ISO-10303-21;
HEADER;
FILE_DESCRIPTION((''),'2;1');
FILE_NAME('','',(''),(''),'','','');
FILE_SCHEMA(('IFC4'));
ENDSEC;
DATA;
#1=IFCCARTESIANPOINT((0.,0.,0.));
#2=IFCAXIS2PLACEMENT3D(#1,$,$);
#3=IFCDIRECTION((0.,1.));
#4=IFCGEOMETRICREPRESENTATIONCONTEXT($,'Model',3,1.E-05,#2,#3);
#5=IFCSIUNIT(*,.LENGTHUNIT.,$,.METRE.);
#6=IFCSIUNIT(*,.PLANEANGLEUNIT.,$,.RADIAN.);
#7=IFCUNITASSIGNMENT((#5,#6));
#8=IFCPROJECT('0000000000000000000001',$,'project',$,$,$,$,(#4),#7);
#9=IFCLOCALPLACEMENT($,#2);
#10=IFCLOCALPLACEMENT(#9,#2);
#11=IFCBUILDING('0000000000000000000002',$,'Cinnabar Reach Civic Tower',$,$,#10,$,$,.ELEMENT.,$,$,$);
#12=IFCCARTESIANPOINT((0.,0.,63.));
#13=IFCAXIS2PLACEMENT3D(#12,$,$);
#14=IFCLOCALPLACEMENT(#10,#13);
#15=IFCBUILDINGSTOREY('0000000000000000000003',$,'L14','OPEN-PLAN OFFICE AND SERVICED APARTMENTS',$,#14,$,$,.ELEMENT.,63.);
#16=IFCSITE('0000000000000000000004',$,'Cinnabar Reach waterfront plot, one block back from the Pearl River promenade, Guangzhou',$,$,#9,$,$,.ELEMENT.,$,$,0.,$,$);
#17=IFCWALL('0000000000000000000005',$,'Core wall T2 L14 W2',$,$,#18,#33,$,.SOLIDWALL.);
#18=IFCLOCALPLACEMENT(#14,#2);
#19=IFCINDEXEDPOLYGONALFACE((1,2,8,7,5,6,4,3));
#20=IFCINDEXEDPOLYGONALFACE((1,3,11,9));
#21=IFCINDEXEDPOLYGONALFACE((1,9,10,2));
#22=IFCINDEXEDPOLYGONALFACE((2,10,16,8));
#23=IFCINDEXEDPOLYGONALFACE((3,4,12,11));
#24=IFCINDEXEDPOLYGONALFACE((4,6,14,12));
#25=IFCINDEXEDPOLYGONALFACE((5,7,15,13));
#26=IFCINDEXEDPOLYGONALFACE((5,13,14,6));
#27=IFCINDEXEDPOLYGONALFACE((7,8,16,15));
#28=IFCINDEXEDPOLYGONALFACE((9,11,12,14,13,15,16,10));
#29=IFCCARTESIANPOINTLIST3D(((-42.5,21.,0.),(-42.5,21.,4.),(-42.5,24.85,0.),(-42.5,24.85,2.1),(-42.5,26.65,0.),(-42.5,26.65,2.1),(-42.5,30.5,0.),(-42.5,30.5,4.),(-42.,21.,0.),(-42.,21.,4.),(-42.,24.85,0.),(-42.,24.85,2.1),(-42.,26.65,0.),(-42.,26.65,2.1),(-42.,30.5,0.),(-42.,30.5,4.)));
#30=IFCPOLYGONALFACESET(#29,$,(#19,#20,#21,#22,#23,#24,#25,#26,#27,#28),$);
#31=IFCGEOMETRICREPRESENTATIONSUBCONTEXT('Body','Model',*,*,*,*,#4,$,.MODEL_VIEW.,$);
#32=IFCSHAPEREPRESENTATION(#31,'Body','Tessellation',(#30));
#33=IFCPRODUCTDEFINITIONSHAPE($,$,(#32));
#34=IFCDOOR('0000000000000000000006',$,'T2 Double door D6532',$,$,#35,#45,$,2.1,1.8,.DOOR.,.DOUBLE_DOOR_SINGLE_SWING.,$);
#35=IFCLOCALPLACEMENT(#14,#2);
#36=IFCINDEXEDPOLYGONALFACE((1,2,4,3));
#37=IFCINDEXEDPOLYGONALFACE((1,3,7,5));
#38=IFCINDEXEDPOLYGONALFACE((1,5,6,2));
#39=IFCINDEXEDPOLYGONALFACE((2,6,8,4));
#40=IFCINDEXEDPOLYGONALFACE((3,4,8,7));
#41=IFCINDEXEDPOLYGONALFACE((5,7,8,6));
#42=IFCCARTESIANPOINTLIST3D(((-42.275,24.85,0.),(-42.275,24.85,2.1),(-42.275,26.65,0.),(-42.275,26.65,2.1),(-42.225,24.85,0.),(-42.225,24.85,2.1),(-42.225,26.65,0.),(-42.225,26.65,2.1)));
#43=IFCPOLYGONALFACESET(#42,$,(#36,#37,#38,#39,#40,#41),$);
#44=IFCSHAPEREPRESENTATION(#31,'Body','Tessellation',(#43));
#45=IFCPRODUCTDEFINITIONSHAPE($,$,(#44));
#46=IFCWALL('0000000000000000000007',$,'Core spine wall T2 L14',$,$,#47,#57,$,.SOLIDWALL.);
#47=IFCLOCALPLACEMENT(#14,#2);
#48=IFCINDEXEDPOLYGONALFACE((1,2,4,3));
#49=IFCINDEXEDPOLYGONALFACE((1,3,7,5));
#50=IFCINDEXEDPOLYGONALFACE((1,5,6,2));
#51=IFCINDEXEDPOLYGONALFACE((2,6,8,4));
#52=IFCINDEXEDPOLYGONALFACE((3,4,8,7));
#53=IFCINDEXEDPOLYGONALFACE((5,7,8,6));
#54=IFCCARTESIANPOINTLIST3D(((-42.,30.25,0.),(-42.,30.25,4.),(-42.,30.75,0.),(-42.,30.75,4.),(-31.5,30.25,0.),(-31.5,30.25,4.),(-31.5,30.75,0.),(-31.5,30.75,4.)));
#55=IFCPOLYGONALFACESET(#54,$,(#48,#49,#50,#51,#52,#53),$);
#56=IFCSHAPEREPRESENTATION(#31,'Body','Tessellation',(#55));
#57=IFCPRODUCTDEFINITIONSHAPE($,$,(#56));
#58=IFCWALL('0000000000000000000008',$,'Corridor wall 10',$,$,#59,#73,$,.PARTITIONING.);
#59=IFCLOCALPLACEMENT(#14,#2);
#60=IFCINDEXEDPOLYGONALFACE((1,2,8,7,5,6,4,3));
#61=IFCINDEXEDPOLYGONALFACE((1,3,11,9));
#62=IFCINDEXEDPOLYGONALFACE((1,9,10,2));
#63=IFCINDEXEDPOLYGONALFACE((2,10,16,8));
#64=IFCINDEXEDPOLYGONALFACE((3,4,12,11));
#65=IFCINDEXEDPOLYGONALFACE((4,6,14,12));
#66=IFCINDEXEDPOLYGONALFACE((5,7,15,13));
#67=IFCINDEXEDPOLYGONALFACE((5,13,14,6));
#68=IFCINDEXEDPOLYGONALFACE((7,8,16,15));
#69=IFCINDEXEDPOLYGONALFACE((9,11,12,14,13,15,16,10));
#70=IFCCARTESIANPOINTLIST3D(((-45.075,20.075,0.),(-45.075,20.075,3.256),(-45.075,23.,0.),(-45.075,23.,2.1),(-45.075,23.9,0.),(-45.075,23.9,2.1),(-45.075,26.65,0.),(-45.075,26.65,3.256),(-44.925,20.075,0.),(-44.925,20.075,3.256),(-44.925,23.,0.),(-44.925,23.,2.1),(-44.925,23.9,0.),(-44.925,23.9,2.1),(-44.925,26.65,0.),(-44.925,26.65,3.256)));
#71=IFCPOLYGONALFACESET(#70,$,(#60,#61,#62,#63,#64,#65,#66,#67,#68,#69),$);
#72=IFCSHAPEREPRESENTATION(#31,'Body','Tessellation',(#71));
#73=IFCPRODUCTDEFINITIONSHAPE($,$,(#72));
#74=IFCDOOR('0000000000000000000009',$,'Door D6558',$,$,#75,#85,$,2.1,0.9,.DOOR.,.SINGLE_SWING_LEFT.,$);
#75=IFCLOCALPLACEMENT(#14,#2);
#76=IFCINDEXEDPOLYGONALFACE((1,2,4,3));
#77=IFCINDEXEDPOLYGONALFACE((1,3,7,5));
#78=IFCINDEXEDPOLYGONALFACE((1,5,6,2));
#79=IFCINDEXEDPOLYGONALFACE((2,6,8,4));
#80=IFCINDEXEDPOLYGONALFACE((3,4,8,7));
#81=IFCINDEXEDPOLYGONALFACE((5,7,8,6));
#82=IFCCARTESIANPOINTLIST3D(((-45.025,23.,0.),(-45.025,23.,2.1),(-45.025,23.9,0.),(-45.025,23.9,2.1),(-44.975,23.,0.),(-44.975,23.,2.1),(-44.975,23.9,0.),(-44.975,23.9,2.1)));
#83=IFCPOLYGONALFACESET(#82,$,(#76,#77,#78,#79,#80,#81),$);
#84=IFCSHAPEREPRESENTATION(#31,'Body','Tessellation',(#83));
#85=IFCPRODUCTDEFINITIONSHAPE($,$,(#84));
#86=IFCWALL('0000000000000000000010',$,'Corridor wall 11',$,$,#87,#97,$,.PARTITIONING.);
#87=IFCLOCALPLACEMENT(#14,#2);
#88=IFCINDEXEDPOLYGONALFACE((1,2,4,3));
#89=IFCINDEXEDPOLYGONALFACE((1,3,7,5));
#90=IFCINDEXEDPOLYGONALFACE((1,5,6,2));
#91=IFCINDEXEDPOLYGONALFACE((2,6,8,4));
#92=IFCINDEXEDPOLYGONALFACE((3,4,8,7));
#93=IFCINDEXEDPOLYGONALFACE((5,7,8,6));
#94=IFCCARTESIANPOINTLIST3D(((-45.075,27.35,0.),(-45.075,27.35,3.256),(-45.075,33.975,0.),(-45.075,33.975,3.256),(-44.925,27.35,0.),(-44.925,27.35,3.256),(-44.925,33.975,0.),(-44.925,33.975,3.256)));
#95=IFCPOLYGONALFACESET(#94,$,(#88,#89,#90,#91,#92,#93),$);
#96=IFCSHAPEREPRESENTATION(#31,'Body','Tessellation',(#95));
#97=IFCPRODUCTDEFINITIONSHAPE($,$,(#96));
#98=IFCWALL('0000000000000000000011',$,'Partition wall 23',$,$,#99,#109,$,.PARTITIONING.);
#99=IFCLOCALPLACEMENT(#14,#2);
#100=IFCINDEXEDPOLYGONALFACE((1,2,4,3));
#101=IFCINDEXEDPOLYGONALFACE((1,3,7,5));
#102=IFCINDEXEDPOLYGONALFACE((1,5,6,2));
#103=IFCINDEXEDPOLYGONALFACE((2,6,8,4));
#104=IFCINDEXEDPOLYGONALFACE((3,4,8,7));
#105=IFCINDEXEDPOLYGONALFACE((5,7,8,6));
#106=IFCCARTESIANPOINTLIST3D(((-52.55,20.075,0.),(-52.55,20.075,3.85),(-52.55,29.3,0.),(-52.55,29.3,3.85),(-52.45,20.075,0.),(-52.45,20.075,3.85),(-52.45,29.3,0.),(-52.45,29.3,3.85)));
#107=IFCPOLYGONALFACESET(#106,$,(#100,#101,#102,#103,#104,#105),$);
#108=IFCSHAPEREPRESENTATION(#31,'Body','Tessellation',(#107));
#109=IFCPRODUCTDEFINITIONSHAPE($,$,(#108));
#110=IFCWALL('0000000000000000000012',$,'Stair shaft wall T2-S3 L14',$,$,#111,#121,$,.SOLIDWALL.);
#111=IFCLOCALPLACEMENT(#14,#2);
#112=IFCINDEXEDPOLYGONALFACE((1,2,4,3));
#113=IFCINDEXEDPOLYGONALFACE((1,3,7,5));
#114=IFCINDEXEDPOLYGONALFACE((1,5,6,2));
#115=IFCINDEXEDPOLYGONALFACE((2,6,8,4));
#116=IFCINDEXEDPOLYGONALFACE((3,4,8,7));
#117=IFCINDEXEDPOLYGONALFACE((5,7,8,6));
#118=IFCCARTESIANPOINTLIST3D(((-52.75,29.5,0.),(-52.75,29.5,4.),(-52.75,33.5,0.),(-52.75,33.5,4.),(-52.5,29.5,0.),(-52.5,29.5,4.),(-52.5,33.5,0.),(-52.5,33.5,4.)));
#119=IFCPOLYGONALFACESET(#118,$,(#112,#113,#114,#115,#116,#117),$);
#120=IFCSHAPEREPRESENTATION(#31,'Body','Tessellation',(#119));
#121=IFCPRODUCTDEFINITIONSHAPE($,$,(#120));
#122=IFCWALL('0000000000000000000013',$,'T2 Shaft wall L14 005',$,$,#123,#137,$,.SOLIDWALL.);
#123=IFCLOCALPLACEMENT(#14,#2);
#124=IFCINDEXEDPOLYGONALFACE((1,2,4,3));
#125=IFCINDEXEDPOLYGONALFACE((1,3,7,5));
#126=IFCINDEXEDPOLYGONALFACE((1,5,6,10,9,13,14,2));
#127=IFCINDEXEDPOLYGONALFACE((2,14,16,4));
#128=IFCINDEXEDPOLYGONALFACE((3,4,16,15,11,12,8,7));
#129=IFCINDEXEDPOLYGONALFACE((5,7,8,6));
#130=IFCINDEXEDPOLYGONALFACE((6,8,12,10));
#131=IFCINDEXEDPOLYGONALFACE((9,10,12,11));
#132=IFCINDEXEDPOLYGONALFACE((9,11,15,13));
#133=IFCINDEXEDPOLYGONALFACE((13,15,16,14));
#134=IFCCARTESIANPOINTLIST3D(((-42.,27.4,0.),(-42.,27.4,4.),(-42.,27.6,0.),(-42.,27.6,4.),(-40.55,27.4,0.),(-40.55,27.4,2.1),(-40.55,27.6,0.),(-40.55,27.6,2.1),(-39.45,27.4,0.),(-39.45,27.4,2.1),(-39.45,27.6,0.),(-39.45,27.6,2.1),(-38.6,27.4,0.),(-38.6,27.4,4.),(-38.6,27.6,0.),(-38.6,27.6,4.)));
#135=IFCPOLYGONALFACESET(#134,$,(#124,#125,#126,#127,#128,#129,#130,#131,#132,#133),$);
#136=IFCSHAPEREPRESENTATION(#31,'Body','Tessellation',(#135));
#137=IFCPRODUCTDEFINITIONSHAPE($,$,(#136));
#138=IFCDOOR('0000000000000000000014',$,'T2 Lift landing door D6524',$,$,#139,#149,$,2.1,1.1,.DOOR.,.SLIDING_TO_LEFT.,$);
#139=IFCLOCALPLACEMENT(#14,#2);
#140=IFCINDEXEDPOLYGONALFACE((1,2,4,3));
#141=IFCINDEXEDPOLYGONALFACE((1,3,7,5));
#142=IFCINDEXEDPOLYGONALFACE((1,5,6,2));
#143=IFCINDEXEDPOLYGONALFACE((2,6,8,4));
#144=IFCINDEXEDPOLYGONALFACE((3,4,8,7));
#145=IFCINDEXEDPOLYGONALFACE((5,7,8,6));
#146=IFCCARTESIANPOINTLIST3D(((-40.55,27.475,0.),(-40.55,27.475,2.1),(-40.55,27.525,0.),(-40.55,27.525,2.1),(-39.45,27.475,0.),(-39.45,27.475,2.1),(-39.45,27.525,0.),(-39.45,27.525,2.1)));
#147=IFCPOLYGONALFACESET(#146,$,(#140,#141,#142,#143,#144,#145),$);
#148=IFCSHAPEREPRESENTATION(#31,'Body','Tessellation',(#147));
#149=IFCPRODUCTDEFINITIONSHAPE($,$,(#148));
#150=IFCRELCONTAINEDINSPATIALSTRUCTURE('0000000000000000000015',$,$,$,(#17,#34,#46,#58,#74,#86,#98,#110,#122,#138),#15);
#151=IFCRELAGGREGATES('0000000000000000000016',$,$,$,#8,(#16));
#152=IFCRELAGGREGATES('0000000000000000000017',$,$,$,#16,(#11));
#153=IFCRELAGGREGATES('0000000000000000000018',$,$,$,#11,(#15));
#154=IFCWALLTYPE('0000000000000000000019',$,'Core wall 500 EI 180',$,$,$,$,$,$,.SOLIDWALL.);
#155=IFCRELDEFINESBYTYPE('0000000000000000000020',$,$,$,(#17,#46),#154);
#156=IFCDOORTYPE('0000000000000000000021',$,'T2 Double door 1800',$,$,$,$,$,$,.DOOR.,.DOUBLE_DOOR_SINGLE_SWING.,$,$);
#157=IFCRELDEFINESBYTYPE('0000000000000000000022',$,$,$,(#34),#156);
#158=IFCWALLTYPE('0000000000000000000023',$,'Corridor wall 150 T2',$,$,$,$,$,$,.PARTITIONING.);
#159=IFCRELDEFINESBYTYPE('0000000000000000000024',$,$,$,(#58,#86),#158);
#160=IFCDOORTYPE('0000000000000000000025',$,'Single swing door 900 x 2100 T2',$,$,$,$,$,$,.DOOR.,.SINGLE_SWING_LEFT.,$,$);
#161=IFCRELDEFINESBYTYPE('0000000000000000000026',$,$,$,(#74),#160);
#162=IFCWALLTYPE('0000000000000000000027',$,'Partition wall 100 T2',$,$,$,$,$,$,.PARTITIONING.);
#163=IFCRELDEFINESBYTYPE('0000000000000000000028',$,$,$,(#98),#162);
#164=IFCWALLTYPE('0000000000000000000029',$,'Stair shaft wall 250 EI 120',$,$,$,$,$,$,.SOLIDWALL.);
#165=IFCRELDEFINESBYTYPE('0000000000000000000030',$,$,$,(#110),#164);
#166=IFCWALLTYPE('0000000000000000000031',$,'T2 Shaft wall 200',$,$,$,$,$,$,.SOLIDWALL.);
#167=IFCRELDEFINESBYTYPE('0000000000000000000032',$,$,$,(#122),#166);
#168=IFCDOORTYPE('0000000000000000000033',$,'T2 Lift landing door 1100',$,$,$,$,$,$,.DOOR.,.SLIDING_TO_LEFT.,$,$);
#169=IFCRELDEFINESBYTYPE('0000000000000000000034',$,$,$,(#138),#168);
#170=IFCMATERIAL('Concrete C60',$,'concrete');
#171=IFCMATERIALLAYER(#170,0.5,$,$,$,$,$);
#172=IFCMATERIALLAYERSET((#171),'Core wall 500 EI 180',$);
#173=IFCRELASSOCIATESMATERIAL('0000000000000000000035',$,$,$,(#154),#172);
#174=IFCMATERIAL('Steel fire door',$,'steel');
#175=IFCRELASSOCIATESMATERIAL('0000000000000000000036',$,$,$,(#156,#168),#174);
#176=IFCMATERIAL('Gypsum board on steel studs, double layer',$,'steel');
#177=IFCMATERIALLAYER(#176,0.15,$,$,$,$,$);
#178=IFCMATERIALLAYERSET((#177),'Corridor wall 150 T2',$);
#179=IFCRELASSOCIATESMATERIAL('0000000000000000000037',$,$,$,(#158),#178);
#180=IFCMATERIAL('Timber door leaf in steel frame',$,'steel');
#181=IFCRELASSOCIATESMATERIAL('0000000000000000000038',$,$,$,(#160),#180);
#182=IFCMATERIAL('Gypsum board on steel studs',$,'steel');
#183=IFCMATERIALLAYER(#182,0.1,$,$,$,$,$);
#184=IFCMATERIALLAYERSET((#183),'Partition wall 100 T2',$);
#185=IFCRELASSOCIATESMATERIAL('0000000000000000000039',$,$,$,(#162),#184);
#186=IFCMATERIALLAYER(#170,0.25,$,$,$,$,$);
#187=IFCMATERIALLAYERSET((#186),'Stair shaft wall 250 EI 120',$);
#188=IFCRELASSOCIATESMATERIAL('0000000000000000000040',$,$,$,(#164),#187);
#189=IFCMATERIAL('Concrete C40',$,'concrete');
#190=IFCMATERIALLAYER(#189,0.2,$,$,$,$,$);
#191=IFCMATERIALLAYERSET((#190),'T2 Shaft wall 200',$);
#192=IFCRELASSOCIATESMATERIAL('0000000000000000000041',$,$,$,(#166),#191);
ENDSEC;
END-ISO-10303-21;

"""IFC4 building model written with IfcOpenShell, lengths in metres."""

from ifc_helpers import new_model, si_unit, direction, frame, frame_2d, origin, place, context, subcontext, project, spatial, rectangle, extrude, material, layer, layer_set, type_object, element, fill, save


model = new_model("IFC4")

# Units and contexts
model_context = context("Model", 3, precision=1e-05, world=origin(), true_north=direction((0.0, 1.0)))
body_context = subcontext(model_context, "Body", "Model", "MODEL_VIEW")
ifc_project = project(units=[si_unit("LENGTHUNIT", "METRE"), si_unit("PLANEANGLEUNIT", "RADIAN")], contexts=[model_context])

# Site, building, storey
site_placement = place(None, origin())
site = spatial("IfcSite", under=ifc_project, at=site_placement, Name="Cinnabar Reach waterfront plot, one block back from the Pearl River promenade, Guangzhou", CompositionType="ELEMENT", RefElevation=0.0)
building_placement = place(site_placement, origin())
building = spatial("IfcBuilding", under=site, at=building_placement, Name="Cinnabar Reach Civic Tower", CompositionType="ELEMENT")
storey_placement = place(building_placement, frame((0.0, 0.0, 63.0)))
storey = spatial("IfcBuildingStorey", under=building, at=storey_placement, Name="L14", Description="OPEN-PLAN OFFICE AND SERVICED APARTMENTS", CompositionType="ELEMENT", Elevation=63.0)

# Shared definitions
ifc_material_1 = material(Name="Concrete C60", Category="concrete")

# Shared definitions
ifc_layer_1 = layer(ifc_material_1, 0.5)
ifc_layer_set_1 = layer_set([ifc_layer_1], Name="Core wall 500 EI 180")
wall_type_1 = type_object("IfcWallType", Name="Core wall 500 EI 180", PredefinedType="SOLIDWALL", material=ifc_layer_set_1)

# Wall, opening, door
wall_1_placement = place(storey_placement, frame((-42.25, 30.5, 0.0), z_axis=(0.0, 0.0, 1.0), x_axis=(0.0, -1.0, 0.0)))
wall_1 = element("IfcWall", 1, at=wall_1_placement, inside=storey, type_object=wall_type_1, Name="Core wall T2 L14 W2", PredefinedType="SOLIDWALL", context=body_context, shape_type="SweptSolid", body=[
    extrude(rectangle(XDim=9.5, YDim=0.5, at=frame_2d((4.75, 0.0))), origin(), (0.0, 0.0, 1.0), 4.0),
])
opening_1_placement = place(wall_1_placement, frame((3.85, 0.0, 0.0)))
opening_1 = element("IfcOpeningElement", 2, at=opening_1_placement, cuts=wall_1, PredefinedType="OPENING", context=body_context, shape_type="SweptSolid", body=[
    extrude(rectangle(XDim=1.8, YDim=2.1, at=frame_2d((0.9, 1.05))), frame((0.0, 0.26, 0.0), z_axis=(0.0, -1.0, 0.0), x_axis=(1.0, 0.0, 0.0)), (0.0, 0.0, 1.0), 0.52),
])
ifc_material_2 = material(Name="Steel fire door", Category="steel")
door_type_1 = type_object("IfcDoorType", Name="T2 Double door 1800", OperationType="DOUBLE_DOOR_SINGLE_SWING", PredefinedType="DOOR", material=ifc_material_2)
door_1_placement = place(opening_1_placement, origin())
door_1 = element("IfcDoor", 3, at=door_1_placement, inside=storey, type_object=door_type_1, Name="T2 Double door D6532", OperationType="DOUBLE_DOOR_SINGLE_SWING", OverallHeight=2.1, OverallWidth=1.8, PredefinedType="DOOR", context=body_context, shape_type="SweptSolid", body=[
    extrude(rectangle(XDim=1.8, YDim=2.1, at=frame_2d((0.9, 1.05))), frame((0.0, 0.025, 0.0), z_axis=(0.0, -1.0, 0.0), x_axis=(1.0, 0.0, 0.0)), (0.0, 0.0, 1.0), 0.05),
])
fill(opening_1, door_1)

# Wall
wall_2_placement = place(storey_placement, frame((-42.0, 30.5, 0.0), z_axis=(0.0, 0.0, 1.0), x_axis=(1.0, 0.0, 0.0)))
element("IfcWall", 4, at=wall_2_placement, inside=storey, type_object=wall_type_1, Name="Core spine wall T2 L14", PredefinedType="SOLIDWALL", context=body_context, shape_type="SweptSolid", body=[
    extrude(rectangle(XDim=10.5, YDim=0.5, at=frame_2d((5.25, 0.0))), origin(), (0.0, 0.0, 1.0), 4.0),
])

# Wall, opening, door
ifc_material_3 = material(Name="Gypsum board on steel studs, double layer", Category="steel")
ifc_layer_2 = layer(ifc_material_3, 0.15)
ifc_layer_set_2 = layer_set([ifc_layer_2], Name="Corridor wall 150 T2")
wall_type_2 = type_object("IfcWallType", Name="Corridor wall 150 T2", PredefinedType="PARTITIONING", material=ifc_layer_set_2)
wall_3_placement = place(storey_placement, frame((-45.0, 20.075, 0.0), z_axis=(0.0, 0.0, 1.0), x_axis=(0.0, 1.0, 0.0)))
wall_3 = element("IfcWall", 5, at=wall_3_placement, inside=storey, type_object=wall_type_2, Name="Corridor wall 10", PredefinedType="PARTITIONING", context=body_context, shape_type="SweptSolid", body=[
    extrude(rectangle(XDim=6.575, YDim=0.15, at=frame_2d((3.2875, 0.0))), origin(), (0.0, 0.0, 1.0), 3.256),
])
opening_2_placement = place(wall_3_placement, frame((2.925, 0.0, 0.0)))
opening_2 = element("IfcOpeningElement", 6, at=opening_2_placement, cuts=wall_3, PredefinedType="OPENING", context=body_context, shape_type="SweptSolid", body=[
    extrude(rectangle(XDim=0.9, YDim=2.1, at=frame_2d((0.45, 1.05))), frame((0.0, 0.085, 0.0), z_axis=(0.0, -1.0, 0.0), x_axis=(1.0, 0.0, 0.0)), (0.0, 0.0, 1.0), 0.17),
])
ifc_material_4 = material(Name="Timber door leaf in steel frame", Category="steel")
door_type_2 = type_object("IfcDoorType", Name="Single swing door 900 x 2100 T2", OperationType="SINGLE_SWING_LEFT", PredefinedType="DOOR", material=ifc_material_4)
door_2_placement = place(opening_2_placement, origin())
door_2 = element("IfcDoor", 7, at=door_2_placement, inside=storey, type_object=door_type_2, Name="Door D6558", OperationType="SINGLE_SWING_LEFT", OverallHeight=2.1, OverallWidth=0.9, PredefinedType="DOOR", context=body_context, shape_type="SweptSolid", body=[
    extrude(rectangle(XDim=0.9, YDim=2.1, at=frame_2d((0.45, 1.05))), frame((0.0, 0.025, 0.0), z_axis=(0.0, -1.0, 0.0), x_axis=(1.0, 0.0, 0.0)), (0.0, 0.0, 1.0), 0.05),
])
fill(opening_2, door_2)

# Walls
wall_4_placement = place(storey_placement, frame((-45.0, 27.35, 0.0), z_axis=(0.0, 0.0, 1.0), x_axis=(0.0, 1.0, 0.0)))
element("IfcWall", 8, at=wall_4_placement, inside=storey, type_object=wall_type_2, Name="Corridor wall 11", PredefinedType="PARTITIONING", context=body_context, shape_type="SweptSolid", body=[
    extrude(rectangle(XDim=6.625, YDim=0.15, at=frame_2d((3.3125, 0.0))), origin(), (0.0, 0.0, 1.0), 3.256),
])
ifc_material_5 = material(Name="Gypsum board on steel studs", Category="steel")
ifc_layer_3 = layer(ifc_material_5, 0.1)
ifc_layer_set_3 = layer_set([ifc_layer_3], Name="Partition wall 100 T2")
wall_type_3 = type_object("IfcWallType", Name="Partition wall 100 T2", PredefinedType="PARTITIONING", material=ifc_layer_set_3)
wall_5_placement = place(storey_placement, frame((-52.5, 20.075, 0.0), z_axis=(0.0, 0.0, 1.0), x_axis=(0.0, 1.0, 0.0)))
element("IfcWall", 9, at=wall_5_placement, inside=storey, type_object=wall_type_3, Name="Partition wall 23", PredefinedType="PARTITIONING", context=body_context, shape_type="SweptSolid", body=[
    extrude(rectangle(XDim=9.225, YDim=0.1, at=frame_2d((4.6125, 0.0))), origin(), (0.0, 0.0, 1.0), 3.85),
])
ifc_layer_4 = layer(ifc_material_1, 0.25)
ifc_layer_set_4 = layer_set([ifc_layer_4], Name="Stair shaft wall 250 EI 120")
wall_type_4 = type_object("IfcWallType", Name="Stair shaft wall 250 EI 120", PredefinedType="SOLIDWALL", material=ifc_layer_set_4)
wall_6_placement = place(storey_placement, frame((-52.625, 29.5, 0.0), z_axis=(0.0, 0.0, 1.0), x_axis=(0.0, 1.0, 0.0)))
element("IfcWall", 10, at=wall_6_placement, inside=storey, type_object=wall_type_4, Name="Stair shaft wall T2-S3 L14", PredefinedType="SOLIDWALL", context=body_context, shape_type="SweptSolid", body=[
    extrude(rectangle(XDim=4.0, YDim=0.25, at=frame_2d((2.0, 0.0))), origin(), (0.0, 0.0, 1.0), 4.0),
])

# Wall, opening, door
ifc_material_6 = material(Name="Concrete C40", Category="concrete")
ifc_layer_5 = layer(ifc_material_6, 0.2)
ifc_layer_set_5 = layer_set([ifc_layer_5], Name="T2 Shaft wall 200")
wall_type_5 = type_object("IfcWallType", Name="T2 Shaft wall 200", PredefinedType="SOLIDWALL", material=ifc_layer_set_5)
wall_7_placement = place(storey_placement, frame((-42.0, 27.5, 0.0), z_axis=(0.0, 0.0, 1.0), x_axis=(1.0, 0.0, 0.0)))
wall_7 = element("IfcWall", 11, at=wall_7_placement, inside=storey, type_object=wall_type_5, Name="T2 Shaft wall L14 005", PredefinedType="SOLIDWALL", context=body_context, shape_type="SweptSolid", body=[
    extrude(rectangle(XDim=3.4, YDim=0.2, at=frame_2d((1.7, 0.0))), origin(), (0.0, 0.0, 1.0), 4.0),
])
opening_3_placement = place(wall_7_placement, frame((1.45, 0.0, 0.0)))
opening_3 = element("IfcOpeningElement", 12, at=opening_3_placement, cuts=wall_7, PredefinedType="OPENING", context=body_context, shape_type="SweptSolid", body=[
    extrude(rectangle(XDim=1.1, YDim=2.1, at=frame_2d((0.55, 1.05))), frame((0.0, 0.11, 0.0), z_axis=(0.0, -1.0, 0.0), x_axis=(1.0, 0.0, 0.0)), (0.0, 0.0, 1.0), 0.22),
])
door_type_3 = type_object("IfcDoorType", Name="T2 Lift landing door 1100", OperationType="SLIDING_TO_LEFT", PredefinedType="DOOR", material=ifc_material_2)
door_3_placement = place(opening_3_placement, origin())
door_3 = element("IfcDoor", 13, at=door_3_placement, inside=storey, type_object=door_type_3, Name="T2 Lift landing door D6524", OperationType="SLIDING_TO_LEFT", OverallHeight=2.1, OverallWidth=1.1, PredefinedType="DOOR", context=body_context, shape_type="SweptSolid", body=[
    extrude(rectangle(XDim=1.1, YDim=2.1, at=frame_2d((0.55, 1.05))), frame((0.0, 0.025, 0.0), z_axis=(0.0, -1.0, 0.0), x_axis=(1.0, 0.0, 0.0)), (0.0, 0.0, 1.0), 0.05),
])
fill(opening_3, door_3)

save(model, "model.ifc")
